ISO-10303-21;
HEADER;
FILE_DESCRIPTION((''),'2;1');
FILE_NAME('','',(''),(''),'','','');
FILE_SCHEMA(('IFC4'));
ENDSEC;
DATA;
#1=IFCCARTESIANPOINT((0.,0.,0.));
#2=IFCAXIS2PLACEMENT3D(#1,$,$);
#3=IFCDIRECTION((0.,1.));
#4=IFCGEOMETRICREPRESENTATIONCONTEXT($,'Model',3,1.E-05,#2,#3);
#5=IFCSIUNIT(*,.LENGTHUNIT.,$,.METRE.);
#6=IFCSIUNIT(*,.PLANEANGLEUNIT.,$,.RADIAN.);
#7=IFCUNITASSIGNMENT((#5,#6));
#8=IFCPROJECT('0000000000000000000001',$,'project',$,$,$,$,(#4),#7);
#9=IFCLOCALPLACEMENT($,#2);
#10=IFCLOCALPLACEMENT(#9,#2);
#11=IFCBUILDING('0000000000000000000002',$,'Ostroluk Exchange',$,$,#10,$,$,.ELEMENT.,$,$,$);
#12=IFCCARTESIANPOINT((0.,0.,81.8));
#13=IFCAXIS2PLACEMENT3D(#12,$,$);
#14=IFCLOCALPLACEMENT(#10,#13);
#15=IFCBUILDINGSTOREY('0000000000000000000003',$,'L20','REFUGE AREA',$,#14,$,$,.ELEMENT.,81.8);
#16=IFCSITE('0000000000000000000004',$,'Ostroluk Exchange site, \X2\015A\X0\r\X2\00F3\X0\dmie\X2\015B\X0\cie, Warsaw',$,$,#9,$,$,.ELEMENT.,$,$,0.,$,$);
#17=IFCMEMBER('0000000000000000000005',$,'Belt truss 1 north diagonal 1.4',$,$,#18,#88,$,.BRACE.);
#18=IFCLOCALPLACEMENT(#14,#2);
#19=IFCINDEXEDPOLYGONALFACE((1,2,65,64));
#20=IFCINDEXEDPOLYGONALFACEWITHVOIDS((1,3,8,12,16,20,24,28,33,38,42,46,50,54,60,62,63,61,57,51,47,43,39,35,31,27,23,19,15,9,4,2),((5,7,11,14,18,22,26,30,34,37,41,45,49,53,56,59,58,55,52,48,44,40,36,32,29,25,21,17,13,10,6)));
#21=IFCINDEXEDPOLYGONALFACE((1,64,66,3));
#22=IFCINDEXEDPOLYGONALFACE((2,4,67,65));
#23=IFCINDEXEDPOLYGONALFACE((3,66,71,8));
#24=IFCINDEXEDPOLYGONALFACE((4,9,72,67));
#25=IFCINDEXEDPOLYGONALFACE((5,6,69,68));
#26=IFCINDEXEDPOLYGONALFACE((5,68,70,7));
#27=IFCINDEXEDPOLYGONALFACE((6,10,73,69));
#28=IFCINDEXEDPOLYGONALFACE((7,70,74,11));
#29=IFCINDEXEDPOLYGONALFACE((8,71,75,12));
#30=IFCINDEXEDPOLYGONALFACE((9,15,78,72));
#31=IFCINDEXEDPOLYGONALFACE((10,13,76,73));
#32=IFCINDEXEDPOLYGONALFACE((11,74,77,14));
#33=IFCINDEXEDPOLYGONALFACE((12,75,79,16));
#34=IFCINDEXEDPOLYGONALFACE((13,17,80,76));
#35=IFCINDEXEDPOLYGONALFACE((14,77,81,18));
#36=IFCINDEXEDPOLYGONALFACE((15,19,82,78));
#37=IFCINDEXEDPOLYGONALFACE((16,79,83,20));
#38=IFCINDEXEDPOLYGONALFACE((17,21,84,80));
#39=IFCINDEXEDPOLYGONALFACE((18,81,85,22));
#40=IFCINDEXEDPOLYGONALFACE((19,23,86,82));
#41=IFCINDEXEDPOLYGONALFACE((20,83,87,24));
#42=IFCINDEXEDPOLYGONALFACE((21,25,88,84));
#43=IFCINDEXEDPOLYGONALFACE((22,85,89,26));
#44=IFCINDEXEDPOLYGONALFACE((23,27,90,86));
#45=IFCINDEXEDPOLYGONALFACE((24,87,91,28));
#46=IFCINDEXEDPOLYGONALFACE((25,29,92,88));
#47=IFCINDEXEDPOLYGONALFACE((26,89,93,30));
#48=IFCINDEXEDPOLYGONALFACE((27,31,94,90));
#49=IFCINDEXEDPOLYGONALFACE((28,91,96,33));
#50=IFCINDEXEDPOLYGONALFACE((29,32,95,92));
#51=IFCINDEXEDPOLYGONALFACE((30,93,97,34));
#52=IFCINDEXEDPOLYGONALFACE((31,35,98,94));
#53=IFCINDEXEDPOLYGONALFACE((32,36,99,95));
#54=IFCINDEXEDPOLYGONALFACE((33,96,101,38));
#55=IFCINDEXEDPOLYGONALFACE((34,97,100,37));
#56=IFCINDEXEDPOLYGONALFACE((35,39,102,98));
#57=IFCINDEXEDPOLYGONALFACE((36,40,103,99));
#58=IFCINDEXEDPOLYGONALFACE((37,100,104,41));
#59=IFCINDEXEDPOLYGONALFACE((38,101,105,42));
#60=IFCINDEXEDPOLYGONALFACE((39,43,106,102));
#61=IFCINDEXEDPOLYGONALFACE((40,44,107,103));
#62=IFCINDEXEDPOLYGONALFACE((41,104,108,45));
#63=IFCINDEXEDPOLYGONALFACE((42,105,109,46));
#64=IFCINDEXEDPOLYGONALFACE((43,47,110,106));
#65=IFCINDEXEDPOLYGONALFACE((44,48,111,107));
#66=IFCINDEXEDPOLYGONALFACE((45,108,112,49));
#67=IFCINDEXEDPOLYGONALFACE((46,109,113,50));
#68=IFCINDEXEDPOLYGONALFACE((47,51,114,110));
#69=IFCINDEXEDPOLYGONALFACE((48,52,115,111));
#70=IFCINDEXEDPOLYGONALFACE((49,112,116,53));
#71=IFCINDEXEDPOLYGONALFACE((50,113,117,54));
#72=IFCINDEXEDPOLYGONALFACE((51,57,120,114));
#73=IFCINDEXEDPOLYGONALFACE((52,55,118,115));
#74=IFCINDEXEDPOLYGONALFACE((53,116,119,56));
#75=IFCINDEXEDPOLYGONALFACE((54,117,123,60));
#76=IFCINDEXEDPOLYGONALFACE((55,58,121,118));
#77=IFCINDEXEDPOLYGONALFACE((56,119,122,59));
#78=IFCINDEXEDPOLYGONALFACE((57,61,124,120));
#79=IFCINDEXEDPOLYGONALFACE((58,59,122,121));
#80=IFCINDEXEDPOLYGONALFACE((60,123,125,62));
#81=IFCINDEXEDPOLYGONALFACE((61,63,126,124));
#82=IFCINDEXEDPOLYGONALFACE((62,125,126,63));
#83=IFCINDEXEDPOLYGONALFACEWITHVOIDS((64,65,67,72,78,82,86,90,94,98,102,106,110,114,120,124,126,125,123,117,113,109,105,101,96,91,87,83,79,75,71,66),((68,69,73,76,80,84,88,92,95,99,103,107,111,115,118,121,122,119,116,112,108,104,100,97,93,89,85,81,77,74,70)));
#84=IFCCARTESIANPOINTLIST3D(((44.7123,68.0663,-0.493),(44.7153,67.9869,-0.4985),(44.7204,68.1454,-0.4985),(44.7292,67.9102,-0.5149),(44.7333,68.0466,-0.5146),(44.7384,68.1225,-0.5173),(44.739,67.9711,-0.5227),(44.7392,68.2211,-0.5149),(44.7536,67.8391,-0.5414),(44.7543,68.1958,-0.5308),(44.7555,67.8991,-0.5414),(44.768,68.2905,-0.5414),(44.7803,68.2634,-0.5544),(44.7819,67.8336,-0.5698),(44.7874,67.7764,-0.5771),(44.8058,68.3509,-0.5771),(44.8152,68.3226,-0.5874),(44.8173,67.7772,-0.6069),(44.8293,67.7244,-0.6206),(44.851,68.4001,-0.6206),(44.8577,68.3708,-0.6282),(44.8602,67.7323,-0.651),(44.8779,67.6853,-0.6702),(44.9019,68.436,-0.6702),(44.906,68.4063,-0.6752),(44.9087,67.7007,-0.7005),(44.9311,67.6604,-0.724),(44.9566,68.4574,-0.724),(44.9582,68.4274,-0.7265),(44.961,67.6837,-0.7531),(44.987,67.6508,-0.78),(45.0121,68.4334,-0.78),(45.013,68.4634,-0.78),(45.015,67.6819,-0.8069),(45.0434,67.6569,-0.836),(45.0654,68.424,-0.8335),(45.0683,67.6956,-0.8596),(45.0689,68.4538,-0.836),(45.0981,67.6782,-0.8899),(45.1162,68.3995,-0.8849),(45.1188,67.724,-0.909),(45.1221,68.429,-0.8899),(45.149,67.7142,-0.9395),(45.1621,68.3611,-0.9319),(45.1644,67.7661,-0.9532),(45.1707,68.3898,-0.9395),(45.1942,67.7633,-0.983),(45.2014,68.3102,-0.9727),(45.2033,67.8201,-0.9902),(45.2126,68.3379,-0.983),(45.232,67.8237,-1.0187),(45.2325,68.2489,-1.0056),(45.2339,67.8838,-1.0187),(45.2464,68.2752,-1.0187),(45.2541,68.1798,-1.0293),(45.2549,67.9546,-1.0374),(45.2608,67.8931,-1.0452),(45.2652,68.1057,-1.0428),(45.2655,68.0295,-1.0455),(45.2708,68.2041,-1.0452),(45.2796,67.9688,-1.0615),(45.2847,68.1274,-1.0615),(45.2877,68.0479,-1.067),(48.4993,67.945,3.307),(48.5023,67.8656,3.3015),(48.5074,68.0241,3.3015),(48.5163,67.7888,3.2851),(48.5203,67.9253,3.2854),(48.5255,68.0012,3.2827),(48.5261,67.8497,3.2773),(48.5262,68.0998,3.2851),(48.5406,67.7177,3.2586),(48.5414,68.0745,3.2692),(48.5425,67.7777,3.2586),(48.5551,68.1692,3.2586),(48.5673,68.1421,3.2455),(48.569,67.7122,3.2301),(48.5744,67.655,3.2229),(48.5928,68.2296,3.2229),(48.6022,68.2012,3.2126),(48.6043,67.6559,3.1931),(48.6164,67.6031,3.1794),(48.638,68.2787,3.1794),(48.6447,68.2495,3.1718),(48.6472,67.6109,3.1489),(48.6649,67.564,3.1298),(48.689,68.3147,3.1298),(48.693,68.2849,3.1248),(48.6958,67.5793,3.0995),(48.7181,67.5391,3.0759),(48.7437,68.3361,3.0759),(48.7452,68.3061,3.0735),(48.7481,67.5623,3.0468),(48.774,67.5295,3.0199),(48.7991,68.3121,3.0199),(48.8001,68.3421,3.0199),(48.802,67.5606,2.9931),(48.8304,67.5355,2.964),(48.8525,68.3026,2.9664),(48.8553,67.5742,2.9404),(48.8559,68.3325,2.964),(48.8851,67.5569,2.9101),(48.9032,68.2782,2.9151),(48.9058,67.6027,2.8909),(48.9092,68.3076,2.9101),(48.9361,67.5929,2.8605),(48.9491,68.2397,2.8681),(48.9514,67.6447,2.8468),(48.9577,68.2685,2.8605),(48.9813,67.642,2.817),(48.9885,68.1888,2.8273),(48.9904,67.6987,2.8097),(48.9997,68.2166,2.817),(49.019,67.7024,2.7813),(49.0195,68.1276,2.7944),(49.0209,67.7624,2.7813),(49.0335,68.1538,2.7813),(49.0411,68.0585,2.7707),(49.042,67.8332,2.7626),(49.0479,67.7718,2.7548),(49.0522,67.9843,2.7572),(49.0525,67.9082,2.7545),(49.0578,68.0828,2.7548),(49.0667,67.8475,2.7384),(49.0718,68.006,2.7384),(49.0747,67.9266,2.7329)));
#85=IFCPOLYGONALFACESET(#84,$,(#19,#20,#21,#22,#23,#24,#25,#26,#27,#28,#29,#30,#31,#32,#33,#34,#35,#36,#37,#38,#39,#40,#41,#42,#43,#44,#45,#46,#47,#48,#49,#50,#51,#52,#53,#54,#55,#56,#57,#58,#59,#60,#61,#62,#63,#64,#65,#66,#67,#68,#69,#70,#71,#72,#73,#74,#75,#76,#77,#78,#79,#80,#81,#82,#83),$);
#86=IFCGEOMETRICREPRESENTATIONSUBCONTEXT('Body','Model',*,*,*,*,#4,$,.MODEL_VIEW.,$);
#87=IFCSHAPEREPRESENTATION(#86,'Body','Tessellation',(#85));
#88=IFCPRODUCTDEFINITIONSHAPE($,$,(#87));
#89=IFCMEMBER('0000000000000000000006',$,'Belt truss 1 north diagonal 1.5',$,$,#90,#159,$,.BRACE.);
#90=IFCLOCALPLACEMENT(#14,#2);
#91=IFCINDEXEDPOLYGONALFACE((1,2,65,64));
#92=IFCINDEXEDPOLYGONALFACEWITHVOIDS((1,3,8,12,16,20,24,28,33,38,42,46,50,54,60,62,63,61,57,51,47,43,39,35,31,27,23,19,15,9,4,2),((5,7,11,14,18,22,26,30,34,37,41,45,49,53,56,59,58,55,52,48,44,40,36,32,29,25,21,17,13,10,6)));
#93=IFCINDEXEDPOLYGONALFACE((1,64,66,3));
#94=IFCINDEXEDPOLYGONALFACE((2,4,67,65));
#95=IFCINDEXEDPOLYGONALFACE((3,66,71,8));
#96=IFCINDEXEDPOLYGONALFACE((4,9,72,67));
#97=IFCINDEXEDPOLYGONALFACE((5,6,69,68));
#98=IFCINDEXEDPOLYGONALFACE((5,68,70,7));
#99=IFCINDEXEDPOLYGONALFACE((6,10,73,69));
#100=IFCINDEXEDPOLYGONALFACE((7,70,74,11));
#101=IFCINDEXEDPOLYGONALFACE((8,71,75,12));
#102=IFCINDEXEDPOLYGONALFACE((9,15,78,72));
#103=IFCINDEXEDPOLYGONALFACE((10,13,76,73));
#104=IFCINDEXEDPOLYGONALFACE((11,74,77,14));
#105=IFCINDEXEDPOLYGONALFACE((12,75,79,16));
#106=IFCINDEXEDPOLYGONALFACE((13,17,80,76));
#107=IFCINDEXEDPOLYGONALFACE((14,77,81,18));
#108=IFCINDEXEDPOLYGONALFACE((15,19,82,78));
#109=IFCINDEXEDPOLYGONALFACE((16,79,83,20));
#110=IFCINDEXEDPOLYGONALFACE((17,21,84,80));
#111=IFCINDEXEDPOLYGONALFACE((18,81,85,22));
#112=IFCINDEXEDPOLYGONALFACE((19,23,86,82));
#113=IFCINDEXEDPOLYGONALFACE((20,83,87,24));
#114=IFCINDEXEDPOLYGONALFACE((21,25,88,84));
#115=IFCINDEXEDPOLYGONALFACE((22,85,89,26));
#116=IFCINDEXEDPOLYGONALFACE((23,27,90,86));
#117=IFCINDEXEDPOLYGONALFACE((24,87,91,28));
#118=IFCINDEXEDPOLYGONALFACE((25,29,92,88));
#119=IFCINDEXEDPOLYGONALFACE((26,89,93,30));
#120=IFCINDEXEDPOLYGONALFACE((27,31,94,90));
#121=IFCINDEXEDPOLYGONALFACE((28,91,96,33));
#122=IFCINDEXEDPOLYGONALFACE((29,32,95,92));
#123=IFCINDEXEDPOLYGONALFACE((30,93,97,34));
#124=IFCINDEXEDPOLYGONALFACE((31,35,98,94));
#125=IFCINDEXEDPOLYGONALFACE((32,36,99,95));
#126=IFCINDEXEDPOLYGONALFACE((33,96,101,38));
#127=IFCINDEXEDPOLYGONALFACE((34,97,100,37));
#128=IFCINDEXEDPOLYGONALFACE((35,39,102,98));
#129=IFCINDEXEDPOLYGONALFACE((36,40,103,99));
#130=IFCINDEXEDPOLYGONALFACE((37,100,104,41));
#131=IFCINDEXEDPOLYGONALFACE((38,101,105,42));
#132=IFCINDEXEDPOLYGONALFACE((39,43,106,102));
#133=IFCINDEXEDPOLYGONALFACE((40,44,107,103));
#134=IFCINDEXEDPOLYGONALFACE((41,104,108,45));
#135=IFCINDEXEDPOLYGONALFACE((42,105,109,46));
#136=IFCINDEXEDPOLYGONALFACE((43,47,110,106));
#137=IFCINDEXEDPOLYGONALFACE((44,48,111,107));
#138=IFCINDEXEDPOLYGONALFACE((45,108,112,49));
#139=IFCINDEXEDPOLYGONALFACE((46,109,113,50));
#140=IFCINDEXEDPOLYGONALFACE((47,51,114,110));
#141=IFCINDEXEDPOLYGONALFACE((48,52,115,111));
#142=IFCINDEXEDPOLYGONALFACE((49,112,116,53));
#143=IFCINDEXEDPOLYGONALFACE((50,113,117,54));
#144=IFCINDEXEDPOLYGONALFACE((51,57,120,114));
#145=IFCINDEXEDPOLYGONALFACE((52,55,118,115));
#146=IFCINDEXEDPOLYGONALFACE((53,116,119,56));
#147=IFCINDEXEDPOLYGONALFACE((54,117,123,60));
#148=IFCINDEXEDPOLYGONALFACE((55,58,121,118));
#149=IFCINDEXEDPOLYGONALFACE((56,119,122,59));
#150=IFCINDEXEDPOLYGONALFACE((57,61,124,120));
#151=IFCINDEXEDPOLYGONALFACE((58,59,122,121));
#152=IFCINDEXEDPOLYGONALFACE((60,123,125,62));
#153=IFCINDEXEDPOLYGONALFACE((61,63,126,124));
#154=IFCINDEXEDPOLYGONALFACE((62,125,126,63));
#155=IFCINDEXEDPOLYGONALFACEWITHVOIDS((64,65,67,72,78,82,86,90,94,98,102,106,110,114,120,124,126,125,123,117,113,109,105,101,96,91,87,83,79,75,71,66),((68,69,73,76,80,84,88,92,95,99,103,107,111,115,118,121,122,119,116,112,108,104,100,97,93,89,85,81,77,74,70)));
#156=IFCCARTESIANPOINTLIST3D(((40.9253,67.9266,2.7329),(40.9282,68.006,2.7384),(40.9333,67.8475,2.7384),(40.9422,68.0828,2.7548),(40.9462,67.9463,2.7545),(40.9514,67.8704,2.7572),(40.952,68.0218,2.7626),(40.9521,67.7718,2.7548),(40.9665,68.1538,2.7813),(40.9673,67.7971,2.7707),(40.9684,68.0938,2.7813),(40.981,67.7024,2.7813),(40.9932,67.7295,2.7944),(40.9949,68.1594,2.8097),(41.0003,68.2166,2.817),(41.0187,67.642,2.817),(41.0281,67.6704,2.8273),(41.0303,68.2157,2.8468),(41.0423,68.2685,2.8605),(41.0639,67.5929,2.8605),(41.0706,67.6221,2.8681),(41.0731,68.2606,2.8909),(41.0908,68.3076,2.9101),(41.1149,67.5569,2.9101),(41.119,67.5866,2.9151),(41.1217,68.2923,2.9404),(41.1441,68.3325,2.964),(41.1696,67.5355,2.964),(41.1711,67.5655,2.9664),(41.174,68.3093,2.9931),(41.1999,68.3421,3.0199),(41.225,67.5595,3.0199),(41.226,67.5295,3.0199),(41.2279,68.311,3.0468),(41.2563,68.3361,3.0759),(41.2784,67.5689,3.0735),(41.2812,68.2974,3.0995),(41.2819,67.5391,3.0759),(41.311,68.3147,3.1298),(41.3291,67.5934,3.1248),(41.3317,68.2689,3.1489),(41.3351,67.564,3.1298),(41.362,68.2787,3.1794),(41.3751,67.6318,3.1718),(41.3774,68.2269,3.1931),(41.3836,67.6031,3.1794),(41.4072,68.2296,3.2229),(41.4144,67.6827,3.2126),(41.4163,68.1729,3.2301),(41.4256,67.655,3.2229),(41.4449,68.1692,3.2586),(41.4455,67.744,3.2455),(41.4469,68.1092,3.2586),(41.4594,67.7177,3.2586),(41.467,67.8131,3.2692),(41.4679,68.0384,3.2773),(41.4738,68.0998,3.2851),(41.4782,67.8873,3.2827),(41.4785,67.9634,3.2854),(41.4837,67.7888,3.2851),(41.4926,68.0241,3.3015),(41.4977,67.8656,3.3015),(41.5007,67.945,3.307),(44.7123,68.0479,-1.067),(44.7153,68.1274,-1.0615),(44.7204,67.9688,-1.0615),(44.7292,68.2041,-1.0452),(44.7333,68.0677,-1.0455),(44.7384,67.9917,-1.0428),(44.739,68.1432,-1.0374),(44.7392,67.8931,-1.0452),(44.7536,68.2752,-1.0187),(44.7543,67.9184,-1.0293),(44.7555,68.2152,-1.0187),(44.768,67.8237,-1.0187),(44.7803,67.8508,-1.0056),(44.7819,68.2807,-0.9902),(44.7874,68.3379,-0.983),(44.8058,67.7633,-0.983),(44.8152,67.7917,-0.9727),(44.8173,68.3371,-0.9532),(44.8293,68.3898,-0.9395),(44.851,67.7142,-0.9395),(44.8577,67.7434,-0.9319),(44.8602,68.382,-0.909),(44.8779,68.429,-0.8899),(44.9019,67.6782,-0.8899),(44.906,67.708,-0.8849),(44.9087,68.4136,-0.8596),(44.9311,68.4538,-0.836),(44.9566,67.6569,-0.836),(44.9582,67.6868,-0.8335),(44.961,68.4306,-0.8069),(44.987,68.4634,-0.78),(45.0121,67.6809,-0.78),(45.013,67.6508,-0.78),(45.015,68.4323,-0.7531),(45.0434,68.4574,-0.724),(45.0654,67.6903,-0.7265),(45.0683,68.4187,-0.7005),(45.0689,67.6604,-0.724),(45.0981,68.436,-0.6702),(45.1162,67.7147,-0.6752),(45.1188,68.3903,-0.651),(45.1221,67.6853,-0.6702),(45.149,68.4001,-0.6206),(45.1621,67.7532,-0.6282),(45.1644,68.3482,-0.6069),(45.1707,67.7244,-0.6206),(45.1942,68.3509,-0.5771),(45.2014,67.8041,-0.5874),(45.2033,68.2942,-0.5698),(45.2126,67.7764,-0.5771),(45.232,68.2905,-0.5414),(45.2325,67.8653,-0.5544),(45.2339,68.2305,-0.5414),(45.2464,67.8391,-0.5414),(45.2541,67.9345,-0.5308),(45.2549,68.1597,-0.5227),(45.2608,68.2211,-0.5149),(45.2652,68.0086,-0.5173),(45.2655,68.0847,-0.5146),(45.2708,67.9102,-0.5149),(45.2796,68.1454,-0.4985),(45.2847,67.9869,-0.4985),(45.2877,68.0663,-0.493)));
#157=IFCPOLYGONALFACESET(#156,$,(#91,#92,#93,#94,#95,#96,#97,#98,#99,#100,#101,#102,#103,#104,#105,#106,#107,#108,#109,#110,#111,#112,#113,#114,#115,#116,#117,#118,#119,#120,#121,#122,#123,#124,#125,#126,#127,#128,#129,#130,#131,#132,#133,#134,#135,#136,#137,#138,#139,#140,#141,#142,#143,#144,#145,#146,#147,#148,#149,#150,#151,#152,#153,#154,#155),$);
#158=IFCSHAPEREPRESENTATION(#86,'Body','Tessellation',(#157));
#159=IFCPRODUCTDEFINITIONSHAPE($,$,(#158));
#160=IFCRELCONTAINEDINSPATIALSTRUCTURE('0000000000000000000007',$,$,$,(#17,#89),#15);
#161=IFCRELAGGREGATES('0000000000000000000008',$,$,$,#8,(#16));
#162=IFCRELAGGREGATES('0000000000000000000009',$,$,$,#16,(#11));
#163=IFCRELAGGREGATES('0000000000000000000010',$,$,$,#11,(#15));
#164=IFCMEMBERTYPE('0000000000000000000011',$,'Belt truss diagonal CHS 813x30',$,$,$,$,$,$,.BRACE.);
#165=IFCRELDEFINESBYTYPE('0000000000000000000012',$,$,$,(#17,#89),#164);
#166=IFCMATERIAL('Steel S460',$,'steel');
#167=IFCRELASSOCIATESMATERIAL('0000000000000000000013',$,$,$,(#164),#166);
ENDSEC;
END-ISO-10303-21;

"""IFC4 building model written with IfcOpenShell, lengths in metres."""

from ifc_helpers import new_model, si_unit, direction, frame, origin, origin_2d, place, context, subcontext, project, spatial, hollow_circle, extrude, material, material_profile, profile_set, type_object, element, save


model = new_model("IFC4")

# Units and contexts
model_context = context("Model", 3, precision=1e-05, world=origin(), true_north=direction((0.0, 1.0)))
body_context = subcontext(model_context, "Body", "Model", "MODEL_VIEW")
ifc_project = project(units=[si_unit("LENGTHUNIT", "METRE"), si_unit("PLANEANGLEUNIT", "RADIAN")], contexts=[model_context])

# Site, building, storey
site_placement = place(None, origin())
site = spatial("IfcSite", under=ifc_project, at=site_placement, Name="Ostroluk Exchange site, Śródmieście, Warsaw", CompositionType="ELEMENT", RefElevation=0.0)
building_placement = place(site_placement, origin())
building = spatial("IfcBuilding", under=site, at=building_placement, Name="Ostroluk Exchange", CompositionType="ELEMENT")
storey_placement = place(building_placement, frame((0.0, 0.0, 81.8)))
storey = spatial("IfcBuildingStorey", under=building, at=storey_placement, Name="L20", Description="REFUGE AREA", CompositionType="ELEMENT", Elevation=81.8)

# Members
ifc_material_1 = material(Name="Steel S460", Category="steel")
ifc_material_profile_1 = material_profile(ifc_material_1, hollow_circle(Radius=0.4065, WallThickness=0.03, at=origin_2d()), Name="CHS 813x30")
ifc_profile_set_1 = profile_set([ifc_material_profile_1], Name="Steel S460")
member_type_1 = type_object("IfcMemberType", Name="Belt truss diagonal CHS 813x30", PredefinedType="BRACE", material=ifc_profile_set_1)
for number, where, z_axis, x_axis, name in (
    (1, (45.0, 68.0571, -0.78), (0.705719, -0.022611, 0.708131), (0.032023, 0.999487, 0.0), "Belt truss 1 north diagonal 1.4"),
    (2, (45.0, 68.0571, -0.78), (-0.705719, -0.022611, 0.708131), (0.032023, -0.999487, 0.0), "Belt truss 1 north diagonal 1.5"),
):
    element("IfcMember", number, at=place(storey_placement, frame(where, z_axis=z_axis, x_axis=x_axis)), inside=storey, type_object=member_type_1, Name=name, PredefinedType="BRACE", context=body_context, shape_type="SweptSolid", body=[
        extrude(hollow_circle(Radius=0.4065, WallThickness=0.03, at=origin_2d()), origin(), (0.0, 0.0, 1.0), 5.3662),
    ])

save(model, "model.ifc")
